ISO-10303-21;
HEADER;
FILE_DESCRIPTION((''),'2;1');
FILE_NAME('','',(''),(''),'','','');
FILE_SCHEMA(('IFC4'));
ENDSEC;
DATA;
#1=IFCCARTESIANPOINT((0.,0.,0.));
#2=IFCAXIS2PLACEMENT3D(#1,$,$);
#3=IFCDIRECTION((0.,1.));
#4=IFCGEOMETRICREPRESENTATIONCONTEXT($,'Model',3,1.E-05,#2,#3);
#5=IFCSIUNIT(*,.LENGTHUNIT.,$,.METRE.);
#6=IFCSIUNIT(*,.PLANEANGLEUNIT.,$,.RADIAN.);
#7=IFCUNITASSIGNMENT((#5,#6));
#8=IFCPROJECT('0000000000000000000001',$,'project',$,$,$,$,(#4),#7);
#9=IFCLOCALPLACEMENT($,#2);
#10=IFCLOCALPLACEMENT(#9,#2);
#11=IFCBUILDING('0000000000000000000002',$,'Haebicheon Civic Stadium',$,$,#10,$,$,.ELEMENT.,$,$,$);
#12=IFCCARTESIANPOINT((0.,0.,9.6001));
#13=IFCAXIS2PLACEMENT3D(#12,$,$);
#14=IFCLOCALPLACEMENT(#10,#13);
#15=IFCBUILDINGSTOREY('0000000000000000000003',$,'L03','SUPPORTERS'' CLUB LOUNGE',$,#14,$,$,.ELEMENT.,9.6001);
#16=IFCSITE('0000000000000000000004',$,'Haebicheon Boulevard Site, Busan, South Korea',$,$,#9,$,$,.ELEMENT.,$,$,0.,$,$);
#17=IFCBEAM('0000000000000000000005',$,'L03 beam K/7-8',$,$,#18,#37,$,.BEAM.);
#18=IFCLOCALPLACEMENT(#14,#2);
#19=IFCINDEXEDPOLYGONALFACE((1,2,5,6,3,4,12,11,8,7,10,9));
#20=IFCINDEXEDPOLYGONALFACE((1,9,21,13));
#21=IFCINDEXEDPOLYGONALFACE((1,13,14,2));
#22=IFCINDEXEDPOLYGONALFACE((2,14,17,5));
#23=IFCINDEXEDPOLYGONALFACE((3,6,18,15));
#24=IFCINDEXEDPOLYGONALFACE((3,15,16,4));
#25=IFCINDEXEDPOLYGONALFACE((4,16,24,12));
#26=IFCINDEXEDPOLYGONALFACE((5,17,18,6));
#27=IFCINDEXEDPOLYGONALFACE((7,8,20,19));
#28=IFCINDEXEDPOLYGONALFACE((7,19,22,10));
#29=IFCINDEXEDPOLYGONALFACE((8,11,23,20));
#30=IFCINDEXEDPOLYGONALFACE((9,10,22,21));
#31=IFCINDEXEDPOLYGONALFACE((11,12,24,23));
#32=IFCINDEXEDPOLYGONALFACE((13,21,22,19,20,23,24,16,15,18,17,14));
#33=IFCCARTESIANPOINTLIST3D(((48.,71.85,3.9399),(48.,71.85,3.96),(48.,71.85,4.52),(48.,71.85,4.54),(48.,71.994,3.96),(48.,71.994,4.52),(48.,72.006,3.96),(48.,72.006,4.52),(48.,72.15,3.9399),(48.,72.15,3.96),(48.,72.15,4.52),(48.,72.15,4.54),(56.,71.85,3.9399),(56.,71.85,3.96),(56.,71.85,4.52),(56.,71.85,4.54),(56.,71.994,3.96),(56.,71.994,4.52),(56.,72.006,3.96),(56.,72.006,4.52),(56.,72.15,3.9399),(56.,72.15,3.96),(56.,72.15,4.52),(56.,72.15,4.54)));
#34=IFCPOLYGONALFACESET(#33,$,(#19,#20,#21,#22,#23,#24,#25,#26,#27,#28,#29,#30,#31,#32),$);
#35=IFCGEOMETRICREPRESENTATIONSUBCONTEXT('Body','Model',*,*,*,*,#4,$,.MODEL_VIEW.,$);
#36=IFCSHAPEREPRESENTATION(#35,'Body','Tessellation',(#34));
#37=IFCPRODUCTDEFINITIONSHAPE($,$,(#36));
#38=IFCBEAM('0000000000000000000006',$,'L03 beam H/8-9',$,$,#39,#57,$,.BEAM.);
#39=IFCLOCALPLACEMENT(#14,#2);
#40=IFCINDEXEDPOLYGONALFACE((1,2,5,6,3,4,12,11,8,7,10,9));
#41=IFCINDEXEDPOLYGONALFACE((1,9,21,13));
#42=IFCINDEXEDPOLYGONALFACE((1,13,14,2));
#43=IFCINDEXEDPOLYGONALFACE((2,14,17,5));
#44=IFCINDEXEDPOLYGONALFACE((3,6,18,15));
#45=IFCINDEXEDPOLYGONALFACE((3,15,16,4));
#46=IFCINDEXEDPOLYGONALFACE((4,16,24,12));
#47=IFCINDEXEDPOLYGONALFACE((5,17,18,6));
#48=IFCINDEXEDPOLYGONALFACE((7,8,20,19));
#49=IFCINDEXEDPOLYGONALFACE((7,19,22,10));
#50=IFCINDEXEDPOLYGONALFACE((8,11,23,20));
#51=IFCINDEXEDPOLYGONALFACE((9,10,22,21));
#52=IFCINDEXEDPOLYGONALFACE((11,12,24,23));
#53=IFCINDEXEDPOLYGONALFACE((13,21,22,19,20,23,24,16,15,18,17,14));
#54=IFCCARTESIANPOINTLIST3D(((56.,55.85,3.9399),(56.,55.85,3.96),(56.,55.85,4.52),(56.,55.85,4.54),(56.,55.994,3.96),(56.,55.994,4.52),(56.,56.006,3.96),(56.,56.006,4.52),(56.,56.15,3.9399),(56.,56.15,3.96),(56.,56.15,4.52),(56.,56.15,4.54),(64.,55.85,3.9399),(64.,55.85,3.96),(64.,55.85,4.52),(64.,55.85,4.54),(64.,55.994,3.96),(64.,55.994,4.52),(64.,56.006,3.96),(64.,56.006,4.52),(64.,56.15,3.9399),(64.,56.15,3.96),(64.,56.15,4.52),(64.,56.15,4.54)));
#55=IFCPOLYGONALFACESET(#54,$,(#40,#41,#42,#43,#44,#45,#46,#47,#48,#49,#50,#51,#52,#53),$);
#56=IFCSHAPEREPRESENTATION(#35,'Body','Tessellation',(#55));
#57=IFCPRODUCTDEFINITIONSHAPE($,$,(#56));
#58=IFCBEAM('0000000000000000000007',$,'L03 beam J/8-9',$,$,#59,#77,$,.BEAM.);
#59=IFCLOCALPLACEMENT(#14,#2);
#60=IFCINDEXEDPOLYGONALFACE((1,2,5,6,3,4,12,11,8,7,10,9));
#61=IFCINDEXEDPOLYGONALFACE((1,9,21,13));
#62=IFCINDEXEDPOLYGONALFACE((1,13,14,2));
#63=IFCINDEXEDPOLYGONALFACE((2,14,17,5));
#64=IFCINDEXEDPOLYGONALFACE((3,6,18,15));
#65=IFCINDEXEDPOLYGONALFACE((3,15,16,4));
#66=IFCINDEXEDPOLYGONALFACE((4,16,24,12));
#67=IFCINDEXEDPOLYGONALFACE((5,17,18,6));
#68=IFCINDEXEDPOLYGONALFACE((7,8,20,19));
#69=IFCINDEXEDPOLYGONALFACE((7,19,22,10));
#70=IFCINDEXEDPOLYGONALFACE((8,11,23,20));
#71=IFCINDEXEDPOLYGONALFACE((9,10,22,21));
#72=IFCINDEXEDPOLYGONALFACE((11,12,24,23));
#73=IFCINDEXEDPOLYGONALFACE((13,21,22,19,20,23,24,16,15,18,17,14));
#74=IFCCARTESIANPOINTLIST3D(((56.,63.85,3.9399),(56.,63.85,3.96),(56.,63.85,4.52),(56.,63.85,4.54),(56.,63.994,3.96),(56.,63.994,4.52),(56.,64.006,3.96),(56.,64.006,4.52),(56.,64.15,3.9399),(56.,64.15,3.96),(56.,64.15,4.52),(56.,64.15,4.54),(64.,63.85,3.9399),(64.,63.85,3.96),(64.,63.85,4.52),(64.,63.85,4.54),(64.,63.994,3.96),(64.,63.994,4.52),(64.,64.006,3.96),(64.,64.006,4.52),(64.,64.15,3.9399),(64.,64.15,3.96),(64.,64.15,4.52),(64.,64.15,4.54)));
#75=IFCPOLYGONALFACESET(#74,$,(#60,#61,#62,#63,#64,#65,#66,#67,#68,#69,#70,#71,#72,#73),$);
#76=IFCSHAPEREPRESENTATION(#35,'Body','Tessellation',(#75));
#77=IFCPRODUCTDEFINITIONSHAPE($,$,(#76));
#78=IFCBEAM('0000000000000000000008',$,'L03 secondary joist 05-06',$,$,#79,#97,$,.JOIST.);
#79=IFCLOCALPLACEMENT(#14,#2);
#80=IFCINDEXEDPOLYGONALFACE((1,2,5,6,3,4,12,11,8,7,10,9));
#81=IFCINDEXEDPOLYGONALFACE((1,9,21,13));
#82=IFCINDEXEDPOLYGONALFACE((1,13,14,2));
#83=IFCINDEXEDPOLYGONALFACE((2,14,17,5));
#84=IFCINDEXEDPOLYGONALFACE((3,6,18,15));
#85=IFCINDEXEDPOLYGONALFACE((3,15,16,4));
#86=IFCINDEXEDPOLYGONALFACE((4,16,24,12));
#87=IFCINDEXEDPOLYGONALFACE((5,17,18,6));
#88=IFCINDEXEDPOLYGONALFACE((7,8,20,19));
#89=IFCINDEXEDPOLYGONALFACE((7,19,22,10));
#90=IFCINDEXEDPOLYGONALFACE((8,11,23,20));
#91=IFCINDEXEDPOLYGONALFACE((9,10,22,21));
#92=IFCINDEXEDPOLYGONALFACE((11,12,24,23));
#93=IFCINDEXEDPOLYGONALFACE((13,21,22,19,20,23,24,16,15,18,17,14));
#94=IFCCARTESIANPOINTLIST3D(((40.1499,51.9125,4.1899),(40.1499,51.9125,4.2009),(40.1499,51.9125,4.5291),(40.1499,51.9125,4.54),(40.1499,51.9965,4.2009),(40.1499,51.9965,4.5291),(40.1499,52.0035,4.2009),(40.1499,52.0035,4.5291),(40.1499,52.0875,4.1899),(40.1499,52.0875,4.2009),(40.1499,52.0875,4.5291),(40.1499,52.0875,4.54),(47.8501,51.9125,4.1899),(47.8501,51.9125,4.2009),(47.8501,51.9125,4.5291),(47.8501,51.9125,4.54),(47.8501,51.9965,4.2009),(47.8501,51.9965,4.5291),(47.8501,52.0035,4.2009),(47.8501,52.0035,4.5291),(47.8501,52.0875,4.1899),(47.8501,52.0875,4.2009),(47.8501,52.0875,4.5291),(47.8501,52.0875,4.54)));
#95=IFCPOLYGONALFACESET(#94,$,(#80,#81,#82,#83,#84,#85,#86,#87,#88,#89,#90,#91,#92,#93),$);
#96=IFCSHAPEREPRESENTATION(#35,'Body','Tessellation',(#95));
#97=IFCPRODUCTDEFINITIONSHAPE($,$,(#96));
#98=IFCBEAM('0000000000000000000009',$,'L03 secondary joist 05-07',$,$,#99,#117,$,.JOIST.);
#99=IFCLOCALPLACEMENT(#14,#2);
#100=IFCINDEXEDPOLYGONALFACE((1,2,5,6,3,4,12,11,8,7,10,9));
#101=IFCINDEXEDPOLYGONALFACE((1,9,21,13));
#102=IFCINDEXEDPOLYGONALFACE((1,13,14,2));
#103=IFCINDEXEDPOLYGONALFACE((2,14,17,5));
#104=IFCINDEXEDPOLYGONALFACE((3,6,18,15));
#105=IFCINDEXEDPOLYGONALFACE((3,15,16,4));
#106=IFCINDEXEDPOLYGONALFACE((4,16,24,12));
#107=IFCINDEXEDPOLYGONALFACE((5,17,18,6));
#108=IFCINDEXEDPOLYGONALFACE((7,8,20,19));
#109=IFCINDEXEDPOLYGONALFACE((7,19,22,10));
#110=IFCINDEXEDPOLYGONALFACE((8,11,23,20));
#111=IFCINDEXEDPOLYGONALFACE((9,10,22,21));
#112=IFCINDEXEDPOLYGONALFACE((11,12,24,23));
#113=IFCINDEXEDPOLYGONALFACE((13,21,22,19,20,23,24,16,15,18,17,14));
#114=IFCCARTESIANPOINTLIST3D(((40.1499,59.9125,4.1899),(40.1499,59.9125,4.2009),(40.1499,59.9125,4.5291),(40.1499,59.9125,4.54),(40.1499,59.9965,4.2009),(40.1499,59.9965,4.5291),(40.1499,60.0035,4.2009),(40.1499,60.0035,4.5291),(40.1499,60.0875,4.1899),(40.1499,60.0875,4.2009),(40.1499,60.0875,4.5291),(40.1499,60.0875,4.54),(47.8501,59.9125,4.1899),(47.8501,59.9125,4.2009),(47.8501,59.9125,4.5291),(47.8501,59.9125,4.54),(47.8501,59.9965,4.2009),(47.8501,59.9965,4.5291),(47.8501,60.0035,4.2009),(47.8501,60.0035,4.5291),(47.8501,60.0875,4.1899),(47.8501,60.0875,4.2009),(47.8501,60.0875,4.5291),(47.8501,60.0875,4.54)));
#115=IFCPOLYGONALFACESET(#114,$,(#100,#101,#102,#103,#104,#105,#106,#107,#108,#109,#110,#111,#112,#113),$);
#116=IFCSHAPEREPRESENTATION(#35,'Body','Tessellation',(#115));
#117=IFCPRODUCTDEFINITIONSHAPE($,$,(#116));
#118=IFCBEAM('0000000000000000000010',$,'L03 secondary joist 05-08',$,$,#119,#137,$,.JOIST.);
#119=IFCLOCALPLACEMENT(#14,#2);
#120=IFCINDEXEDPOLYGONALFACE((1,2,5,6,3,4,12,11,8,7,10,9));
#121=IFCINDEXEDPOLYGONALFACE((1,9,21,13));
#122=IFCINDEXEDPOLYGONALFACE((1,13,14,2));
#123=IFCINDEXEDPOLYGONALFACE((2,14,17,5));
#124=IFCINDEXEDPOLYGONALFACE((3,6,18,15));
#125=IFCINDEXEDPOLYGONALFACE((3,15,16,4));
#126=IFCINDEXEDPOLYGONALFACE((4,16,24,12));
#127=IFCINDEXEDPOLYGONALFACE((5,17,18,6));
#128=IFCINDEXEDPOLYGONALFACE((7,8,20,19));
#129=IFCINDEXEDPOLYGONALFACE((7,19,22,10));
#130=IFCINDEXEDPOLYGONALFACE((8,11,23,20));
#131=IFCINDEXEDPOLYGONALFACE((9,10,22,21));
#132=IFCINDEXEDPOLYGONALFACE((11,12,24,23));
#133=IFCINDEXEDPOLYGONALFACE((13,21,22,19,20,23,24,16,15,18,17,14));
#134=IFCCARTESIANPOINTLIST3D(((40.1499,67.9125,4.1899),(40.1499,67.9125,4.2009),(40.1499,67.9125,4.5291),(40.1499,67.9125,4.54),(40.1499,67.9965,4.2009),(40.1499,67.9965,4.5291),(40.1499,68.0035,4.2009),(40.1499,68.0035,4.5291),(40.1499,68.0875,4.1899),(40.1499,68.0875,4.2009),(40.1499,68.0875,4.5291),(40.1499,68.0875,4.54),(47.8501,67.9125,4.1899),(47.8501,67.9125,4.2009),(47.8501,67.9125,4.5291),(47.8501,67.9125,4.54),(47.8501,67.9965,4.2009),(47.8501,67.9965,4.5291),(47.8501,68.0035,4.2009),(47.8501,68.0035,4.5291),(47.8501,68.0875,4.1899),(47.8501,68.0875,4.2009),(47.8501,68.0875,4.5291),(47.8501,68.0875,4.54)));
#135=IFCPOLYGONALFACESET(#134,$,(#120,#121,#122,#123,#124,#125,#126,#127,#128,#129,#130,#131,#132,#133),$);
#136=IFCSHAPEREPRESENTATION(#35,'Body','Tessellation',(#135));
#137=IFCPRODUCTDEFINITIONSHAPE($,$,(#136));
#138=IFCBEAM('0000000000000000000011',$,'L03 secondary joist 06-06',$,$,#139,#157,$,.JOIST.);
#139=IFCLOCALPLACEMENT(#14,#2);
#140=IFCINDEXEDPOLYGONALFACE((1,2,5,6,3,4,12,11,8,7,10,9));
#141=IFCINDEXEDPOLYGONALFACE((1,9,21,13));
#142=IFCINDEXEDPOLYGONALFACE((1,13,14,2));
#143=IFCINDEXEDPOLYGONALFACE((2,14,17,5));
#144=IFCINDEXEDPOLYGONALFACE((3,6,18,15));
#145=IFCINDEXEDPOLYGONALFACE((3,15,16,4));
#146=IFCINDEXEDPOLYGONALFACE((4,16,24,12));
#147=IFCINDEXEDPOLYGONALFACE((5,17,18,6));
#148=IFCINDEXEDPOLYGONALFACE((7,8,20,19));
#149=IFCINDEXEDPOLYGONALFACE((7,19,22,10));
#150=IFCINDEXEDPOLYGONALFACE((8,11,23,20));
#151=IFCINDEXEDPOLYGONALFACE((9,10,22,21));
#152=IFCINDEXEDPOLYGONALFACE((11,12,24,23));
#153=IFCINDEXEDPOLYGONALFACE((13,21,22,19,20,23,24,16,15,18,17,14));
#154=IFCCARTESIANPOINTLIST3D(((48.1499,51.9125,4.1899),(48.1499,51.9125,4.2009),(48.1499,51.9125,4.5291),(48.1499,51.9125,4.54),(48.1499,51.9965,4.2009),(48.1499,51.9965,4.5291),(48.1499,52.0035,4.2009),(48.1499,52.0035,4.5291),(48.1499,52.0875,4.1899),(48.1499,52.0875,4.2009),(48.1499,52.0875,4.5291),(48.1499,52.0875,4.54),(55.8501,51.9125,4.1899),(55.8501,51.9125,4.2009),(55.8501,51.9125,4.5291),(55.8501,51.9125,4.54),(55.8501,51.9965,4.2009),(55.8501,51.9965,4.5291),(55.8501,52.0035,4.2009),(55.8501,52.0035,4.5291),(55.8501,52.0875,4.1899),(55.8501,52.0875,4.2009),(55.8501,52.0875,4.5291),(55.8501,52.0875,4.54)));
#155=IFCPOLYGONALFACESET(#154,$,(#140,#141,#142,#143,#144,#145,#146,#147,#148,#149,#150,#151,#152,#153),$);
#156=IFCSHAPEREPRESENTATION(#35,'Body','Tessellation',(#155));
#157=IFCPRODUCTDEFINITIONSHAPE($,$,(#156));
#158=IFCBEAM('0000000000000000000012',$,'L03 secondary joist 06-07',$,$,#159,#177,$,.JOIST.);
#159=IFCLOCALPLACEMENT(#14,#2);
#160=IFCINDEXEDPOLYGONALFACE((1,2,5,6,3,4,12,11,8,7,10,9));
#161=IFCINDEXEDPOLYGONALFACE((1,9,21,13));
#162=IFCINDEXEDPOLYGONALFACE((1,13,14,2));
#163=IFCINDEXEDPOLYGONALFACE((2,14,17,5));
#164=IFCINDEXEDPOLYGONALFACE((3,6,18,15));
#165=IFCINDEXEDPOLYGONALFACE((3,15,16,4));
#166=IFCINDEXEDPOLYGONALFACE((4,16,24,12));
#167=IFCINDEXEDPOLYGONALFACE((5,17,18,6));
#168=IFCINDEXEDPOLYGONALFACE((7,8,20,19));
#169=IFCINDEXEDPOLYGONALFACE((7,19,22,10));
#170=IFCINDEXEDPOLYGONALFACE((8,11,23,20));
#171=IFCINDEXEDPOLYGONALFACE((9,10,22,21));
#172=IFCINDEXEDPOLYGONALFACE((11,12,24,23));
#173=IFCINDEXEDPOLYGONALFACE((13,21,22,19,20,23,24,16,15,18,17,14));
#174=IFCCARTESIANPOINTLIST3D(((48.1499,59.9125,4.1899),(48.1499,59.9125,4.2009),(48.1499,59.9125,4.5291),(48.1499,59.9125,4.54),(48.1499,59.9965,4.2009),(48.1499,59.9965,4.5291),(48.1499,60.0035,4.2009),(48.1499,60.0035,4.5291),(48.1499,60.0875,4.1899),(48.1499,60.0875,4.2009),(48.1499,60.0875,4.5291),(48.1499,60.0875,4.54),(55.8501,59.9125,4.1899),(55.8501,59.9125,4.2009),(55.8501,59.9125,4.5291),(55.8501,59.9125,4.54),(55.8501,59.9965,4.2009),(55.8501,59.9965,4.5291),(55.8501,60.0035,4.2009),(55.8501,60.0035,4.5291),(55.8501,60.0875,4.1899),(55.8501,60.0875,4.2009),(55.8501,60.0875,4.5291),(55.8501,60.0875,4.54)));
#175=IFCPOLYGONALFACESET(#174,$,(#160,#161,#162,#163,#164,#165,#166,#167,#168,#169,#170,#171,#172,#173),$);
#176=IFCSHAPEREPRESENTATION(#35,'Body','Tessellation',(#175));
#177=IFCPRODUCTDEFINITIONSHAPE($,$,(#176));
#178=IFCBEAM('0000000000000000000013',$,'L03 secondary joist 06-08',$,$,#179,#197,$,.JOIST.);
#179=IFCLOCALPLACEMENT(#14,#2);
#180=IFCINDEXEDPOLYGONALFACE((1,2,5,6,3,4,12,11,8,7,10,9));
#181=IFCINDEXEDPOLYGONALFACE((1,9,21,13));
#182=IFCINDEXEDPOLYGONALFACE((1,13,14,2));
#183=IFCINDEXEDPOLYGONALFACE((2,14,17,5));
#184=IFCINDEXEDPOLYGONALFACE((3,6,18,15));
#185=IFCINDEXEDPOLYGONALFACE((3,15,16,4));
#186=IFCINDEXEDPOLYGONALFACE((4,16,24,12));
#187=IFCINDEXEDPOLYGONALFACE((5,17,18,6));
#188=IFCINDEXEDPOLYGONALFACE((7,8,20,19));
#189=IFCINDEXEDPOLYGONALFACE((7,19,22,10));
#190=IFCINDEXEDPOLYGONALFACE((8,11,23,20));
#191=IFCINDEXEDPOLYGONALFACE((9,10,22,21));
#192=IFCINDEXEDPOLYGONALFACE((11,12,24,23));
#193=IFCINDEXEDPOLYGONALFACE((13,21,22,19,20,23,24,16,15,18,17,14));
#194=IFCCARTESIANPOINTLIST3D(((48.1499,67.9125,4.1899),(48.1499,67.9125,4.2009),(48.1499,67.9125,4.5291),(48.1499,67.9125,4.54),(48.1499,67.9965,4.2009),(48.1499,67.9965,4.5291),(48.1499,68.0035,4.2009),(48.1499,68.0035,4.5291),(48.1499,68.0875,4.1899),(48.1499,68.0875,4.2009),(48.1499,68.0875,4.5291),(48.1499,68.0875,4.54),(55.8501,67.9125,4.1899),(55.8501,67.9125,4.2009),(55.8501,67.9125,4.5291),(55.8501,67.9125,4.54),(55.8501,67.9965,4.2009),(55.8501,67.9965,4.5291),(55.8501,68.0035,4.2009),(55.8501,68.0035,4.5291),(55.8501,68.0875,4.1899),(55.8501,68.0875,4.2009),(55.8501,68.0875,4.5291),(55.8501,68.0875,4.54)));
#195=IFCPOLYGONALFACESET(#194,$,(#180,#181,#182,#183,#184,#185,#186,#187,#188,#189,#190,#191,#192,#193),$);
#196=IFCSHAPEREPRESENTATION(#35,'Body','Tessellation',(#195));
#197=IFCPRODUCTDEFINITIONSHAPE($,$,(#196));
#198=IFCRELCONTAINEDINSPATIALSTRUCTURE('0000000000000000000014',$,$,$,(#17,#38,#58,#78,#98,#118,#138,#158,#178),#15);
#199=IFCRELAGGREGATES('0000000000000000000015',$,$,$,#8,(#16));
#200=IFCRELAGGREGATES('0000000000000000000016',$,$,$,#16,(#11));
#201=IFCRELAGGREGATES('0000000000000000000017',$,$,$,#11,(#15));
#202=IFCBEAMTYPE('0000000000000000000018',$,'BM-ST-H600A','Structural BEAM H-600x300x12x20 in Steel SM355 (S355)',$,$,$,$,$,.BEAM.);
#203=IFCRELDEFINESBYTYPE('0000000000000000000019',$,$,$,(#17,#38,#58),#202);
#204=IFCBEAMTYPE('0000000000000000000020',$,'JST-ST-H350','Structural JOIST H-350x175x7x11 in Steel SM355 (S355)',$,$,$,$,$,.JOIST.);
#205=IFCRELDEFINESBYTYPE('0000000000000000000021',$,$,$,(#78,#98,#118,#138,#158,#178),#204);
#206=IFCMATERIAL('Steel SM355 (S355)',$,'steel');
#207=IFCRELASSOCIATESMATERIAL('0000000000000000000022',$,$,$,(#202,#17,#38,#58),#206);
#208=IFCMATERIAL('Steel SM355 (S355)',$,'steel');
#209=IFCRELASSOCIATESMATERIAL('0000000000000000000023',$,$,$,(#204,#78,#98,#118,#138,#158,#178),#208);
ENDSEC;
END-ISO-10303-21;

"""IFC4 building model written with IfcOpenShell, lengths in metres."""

from ifc_helpers import new_model, si_unit, direction, frame, origin, origin_2d, place, context, subcontext, project, spatial, i_section, extrude, material, material_profile, profile_set, type_object, element, save


model = new_model("IFC4")

# Units and contexts
model_context = context("Model", 3, precision=1e-05, world=origin(), true_north=direction((0.0, 1.0)))
body_context = subcontext(model_context, "Body", "Model", "MODEL_VIEW")
ifc_project = project(units=[si_unit("LENGTHUNIT", "METRE"), si_unit("PLANEANGLEUNIT", "RADIAN")], contexts=[model_context])

# Site, building, storey
site_placement = place(None, origin())
site = spatial("IfcSite", under=ifc_project, at=site_placement, Name="Haebicheon Boulevard Site, Busan, South Korea", CompositionType="ELEMENT", RefElevation=0.0)
building_placement = place(site_placement, origin())
building = spatial("IfcBuilding", under=site, at=building_placement, Name="Haebicheon Civic Stadium", CompositionType="ELEMENT")
storey_placement = place(building_placement, frame((0.0, 0.0, 9.6001)))
storey = spatial("IfcBuildingStorey", under=building, at=storey_placement, Name="L03", Description="SUPPORTERS' CLUB LOUNGE", CompositionType="ELEMENT", Elevation=9.6001)

# Beams
ifc_material_1 = material(Name="Steel SM355 (S355)", Category="steel")
ifc_material_profile_1 = material_profile(ifc_material_1, i_section(OverallWidth=0.3, OverallDepth=0.6001, WebThickness=0.012, FlangeThickness=0.02, at=origin_2d()), Name="H-600x300x12x20")
ifc_profile_set_1 = profile_set([ifc_material_profile_1], Name="Steel SM355 (S355)")
beam_type_1 = type_object("IfcBeamType", Name="BM-ST-H600A", Description="Structural BEAM H-600x300x12x20 in Steel SM355 (S355)", PredefinedType="BEAM", material=ifc_profile_set_1)
for number, where, z_axis, x_axis, name in (
    (1, (48.0, 72.0, 4.24), (1.0, 0.0, 0.0), (0.0, 1.0, 0.0), "L03 beam K/7-8"),
    (2, (56.0, 56.0, 4.24), (1.0, 0.0, 0.0), (0.0, 1.0, 0.0), "L03 beam H/8-9"),
    (3, (56.0, 64.0, 4.24), (1.0, 0.0, 0.0), (0.0, 1.0, 0.0), "L03 beam J/8-9"),
):
    element("IfcBeam", number, at=place(storey_placement, frame(where, z_axis=z_axis, x_axis=x_axis)), inside=storey, type_object=beam_type_1, material=ifc_profile_set_1, Name=name, PredefinedType="BEAM", context=body_context, shape_type="SweptSolid", body=[
        extrude(i_section(OverallWidth=0.3, OverallDepth=0.6001, WebThickness=0.012, FlangeThickness=0.02, at=origin_2d()), origin(), (0.0, 0.0, 1.0), 8.0),
    ])
ifc_material_2 = material(Name="Steel SM355 (S355)", Category="steel")
ifc_material_profile_2 = material_profile(ifc_material_2, i_section(OverallWidth=0.175, OverallDepth=0.3501, WebThickness=0.0071, FlangeThickness=0.011, at=origin_2d()), Name="H-350x175x7x11")
ifc_profile_set_2 = profile_set([ifc_material_profile_2], Name="Steel SM355 (S355)")
beam_type_2 = type_object("IfcBeamType", Name="JST-ST-H350", Description="Structural JOIST H-350x175x7x11 in Steel SM355 (S355)", PredefinedType="JOIST", material=ifc_profile_set_2)
for number, where, z_axis, x_axis, name in (
    (4, (40.1499, 52.0, 4.365), (1.0, 0.0, 0.0), (0.0, 1.0, 0.0), "L03 secondary joist 05-06"),
    (5, (40.1499, 60.0, 4.365), (1.0, 0.0, 0.0), (0.0, 1.0, 0.0), "L03 secondary joist 05-07"),
    (6, (40.1499, 68.0, 4.365), (1.0, 0.0, 0.0), (0.0, 1.0, 0.0), "L03 secondary joist 05-08"),
    (7, (48.1499, 52.0, 4.365), (1.0, 0.0, 0.0), (0.0, 1.0, 0.0), "L03 secondary joist 06-06"),
    (8, (48.1499, 60.0, 4.365), (1.0, 0.0, 0.0), (0.0, 1.0, 0.0), "L03 secondary joist 06-07"),
    (9, (48.1499, 68.0, 4.365), (1.0, 0.0, 0.0), (0.0, 1.0, 0.0), "L03 secondary joist 06-08"),
):
    element("IfcBeam", number, at=place(storey_placement, frame(where, z_axis=z_axis, x_axis=x_axis)), inside=storey, type_object=beam_type_2, material=ifc_profile_set_2, Name=name, PredefinedType="JOIST", context=body_context, shape_type="SweptSolid", body=[
        extrude(i_section(OverallWidth=0.175, OverallDepth=0.3501, WebThickness=0.0071, FlangeThickness=0.011, at=origin_2d()), origin(), (0.0, 0.0, 1.0), 7.7002),
    ])

save(model, "model.ifc")
